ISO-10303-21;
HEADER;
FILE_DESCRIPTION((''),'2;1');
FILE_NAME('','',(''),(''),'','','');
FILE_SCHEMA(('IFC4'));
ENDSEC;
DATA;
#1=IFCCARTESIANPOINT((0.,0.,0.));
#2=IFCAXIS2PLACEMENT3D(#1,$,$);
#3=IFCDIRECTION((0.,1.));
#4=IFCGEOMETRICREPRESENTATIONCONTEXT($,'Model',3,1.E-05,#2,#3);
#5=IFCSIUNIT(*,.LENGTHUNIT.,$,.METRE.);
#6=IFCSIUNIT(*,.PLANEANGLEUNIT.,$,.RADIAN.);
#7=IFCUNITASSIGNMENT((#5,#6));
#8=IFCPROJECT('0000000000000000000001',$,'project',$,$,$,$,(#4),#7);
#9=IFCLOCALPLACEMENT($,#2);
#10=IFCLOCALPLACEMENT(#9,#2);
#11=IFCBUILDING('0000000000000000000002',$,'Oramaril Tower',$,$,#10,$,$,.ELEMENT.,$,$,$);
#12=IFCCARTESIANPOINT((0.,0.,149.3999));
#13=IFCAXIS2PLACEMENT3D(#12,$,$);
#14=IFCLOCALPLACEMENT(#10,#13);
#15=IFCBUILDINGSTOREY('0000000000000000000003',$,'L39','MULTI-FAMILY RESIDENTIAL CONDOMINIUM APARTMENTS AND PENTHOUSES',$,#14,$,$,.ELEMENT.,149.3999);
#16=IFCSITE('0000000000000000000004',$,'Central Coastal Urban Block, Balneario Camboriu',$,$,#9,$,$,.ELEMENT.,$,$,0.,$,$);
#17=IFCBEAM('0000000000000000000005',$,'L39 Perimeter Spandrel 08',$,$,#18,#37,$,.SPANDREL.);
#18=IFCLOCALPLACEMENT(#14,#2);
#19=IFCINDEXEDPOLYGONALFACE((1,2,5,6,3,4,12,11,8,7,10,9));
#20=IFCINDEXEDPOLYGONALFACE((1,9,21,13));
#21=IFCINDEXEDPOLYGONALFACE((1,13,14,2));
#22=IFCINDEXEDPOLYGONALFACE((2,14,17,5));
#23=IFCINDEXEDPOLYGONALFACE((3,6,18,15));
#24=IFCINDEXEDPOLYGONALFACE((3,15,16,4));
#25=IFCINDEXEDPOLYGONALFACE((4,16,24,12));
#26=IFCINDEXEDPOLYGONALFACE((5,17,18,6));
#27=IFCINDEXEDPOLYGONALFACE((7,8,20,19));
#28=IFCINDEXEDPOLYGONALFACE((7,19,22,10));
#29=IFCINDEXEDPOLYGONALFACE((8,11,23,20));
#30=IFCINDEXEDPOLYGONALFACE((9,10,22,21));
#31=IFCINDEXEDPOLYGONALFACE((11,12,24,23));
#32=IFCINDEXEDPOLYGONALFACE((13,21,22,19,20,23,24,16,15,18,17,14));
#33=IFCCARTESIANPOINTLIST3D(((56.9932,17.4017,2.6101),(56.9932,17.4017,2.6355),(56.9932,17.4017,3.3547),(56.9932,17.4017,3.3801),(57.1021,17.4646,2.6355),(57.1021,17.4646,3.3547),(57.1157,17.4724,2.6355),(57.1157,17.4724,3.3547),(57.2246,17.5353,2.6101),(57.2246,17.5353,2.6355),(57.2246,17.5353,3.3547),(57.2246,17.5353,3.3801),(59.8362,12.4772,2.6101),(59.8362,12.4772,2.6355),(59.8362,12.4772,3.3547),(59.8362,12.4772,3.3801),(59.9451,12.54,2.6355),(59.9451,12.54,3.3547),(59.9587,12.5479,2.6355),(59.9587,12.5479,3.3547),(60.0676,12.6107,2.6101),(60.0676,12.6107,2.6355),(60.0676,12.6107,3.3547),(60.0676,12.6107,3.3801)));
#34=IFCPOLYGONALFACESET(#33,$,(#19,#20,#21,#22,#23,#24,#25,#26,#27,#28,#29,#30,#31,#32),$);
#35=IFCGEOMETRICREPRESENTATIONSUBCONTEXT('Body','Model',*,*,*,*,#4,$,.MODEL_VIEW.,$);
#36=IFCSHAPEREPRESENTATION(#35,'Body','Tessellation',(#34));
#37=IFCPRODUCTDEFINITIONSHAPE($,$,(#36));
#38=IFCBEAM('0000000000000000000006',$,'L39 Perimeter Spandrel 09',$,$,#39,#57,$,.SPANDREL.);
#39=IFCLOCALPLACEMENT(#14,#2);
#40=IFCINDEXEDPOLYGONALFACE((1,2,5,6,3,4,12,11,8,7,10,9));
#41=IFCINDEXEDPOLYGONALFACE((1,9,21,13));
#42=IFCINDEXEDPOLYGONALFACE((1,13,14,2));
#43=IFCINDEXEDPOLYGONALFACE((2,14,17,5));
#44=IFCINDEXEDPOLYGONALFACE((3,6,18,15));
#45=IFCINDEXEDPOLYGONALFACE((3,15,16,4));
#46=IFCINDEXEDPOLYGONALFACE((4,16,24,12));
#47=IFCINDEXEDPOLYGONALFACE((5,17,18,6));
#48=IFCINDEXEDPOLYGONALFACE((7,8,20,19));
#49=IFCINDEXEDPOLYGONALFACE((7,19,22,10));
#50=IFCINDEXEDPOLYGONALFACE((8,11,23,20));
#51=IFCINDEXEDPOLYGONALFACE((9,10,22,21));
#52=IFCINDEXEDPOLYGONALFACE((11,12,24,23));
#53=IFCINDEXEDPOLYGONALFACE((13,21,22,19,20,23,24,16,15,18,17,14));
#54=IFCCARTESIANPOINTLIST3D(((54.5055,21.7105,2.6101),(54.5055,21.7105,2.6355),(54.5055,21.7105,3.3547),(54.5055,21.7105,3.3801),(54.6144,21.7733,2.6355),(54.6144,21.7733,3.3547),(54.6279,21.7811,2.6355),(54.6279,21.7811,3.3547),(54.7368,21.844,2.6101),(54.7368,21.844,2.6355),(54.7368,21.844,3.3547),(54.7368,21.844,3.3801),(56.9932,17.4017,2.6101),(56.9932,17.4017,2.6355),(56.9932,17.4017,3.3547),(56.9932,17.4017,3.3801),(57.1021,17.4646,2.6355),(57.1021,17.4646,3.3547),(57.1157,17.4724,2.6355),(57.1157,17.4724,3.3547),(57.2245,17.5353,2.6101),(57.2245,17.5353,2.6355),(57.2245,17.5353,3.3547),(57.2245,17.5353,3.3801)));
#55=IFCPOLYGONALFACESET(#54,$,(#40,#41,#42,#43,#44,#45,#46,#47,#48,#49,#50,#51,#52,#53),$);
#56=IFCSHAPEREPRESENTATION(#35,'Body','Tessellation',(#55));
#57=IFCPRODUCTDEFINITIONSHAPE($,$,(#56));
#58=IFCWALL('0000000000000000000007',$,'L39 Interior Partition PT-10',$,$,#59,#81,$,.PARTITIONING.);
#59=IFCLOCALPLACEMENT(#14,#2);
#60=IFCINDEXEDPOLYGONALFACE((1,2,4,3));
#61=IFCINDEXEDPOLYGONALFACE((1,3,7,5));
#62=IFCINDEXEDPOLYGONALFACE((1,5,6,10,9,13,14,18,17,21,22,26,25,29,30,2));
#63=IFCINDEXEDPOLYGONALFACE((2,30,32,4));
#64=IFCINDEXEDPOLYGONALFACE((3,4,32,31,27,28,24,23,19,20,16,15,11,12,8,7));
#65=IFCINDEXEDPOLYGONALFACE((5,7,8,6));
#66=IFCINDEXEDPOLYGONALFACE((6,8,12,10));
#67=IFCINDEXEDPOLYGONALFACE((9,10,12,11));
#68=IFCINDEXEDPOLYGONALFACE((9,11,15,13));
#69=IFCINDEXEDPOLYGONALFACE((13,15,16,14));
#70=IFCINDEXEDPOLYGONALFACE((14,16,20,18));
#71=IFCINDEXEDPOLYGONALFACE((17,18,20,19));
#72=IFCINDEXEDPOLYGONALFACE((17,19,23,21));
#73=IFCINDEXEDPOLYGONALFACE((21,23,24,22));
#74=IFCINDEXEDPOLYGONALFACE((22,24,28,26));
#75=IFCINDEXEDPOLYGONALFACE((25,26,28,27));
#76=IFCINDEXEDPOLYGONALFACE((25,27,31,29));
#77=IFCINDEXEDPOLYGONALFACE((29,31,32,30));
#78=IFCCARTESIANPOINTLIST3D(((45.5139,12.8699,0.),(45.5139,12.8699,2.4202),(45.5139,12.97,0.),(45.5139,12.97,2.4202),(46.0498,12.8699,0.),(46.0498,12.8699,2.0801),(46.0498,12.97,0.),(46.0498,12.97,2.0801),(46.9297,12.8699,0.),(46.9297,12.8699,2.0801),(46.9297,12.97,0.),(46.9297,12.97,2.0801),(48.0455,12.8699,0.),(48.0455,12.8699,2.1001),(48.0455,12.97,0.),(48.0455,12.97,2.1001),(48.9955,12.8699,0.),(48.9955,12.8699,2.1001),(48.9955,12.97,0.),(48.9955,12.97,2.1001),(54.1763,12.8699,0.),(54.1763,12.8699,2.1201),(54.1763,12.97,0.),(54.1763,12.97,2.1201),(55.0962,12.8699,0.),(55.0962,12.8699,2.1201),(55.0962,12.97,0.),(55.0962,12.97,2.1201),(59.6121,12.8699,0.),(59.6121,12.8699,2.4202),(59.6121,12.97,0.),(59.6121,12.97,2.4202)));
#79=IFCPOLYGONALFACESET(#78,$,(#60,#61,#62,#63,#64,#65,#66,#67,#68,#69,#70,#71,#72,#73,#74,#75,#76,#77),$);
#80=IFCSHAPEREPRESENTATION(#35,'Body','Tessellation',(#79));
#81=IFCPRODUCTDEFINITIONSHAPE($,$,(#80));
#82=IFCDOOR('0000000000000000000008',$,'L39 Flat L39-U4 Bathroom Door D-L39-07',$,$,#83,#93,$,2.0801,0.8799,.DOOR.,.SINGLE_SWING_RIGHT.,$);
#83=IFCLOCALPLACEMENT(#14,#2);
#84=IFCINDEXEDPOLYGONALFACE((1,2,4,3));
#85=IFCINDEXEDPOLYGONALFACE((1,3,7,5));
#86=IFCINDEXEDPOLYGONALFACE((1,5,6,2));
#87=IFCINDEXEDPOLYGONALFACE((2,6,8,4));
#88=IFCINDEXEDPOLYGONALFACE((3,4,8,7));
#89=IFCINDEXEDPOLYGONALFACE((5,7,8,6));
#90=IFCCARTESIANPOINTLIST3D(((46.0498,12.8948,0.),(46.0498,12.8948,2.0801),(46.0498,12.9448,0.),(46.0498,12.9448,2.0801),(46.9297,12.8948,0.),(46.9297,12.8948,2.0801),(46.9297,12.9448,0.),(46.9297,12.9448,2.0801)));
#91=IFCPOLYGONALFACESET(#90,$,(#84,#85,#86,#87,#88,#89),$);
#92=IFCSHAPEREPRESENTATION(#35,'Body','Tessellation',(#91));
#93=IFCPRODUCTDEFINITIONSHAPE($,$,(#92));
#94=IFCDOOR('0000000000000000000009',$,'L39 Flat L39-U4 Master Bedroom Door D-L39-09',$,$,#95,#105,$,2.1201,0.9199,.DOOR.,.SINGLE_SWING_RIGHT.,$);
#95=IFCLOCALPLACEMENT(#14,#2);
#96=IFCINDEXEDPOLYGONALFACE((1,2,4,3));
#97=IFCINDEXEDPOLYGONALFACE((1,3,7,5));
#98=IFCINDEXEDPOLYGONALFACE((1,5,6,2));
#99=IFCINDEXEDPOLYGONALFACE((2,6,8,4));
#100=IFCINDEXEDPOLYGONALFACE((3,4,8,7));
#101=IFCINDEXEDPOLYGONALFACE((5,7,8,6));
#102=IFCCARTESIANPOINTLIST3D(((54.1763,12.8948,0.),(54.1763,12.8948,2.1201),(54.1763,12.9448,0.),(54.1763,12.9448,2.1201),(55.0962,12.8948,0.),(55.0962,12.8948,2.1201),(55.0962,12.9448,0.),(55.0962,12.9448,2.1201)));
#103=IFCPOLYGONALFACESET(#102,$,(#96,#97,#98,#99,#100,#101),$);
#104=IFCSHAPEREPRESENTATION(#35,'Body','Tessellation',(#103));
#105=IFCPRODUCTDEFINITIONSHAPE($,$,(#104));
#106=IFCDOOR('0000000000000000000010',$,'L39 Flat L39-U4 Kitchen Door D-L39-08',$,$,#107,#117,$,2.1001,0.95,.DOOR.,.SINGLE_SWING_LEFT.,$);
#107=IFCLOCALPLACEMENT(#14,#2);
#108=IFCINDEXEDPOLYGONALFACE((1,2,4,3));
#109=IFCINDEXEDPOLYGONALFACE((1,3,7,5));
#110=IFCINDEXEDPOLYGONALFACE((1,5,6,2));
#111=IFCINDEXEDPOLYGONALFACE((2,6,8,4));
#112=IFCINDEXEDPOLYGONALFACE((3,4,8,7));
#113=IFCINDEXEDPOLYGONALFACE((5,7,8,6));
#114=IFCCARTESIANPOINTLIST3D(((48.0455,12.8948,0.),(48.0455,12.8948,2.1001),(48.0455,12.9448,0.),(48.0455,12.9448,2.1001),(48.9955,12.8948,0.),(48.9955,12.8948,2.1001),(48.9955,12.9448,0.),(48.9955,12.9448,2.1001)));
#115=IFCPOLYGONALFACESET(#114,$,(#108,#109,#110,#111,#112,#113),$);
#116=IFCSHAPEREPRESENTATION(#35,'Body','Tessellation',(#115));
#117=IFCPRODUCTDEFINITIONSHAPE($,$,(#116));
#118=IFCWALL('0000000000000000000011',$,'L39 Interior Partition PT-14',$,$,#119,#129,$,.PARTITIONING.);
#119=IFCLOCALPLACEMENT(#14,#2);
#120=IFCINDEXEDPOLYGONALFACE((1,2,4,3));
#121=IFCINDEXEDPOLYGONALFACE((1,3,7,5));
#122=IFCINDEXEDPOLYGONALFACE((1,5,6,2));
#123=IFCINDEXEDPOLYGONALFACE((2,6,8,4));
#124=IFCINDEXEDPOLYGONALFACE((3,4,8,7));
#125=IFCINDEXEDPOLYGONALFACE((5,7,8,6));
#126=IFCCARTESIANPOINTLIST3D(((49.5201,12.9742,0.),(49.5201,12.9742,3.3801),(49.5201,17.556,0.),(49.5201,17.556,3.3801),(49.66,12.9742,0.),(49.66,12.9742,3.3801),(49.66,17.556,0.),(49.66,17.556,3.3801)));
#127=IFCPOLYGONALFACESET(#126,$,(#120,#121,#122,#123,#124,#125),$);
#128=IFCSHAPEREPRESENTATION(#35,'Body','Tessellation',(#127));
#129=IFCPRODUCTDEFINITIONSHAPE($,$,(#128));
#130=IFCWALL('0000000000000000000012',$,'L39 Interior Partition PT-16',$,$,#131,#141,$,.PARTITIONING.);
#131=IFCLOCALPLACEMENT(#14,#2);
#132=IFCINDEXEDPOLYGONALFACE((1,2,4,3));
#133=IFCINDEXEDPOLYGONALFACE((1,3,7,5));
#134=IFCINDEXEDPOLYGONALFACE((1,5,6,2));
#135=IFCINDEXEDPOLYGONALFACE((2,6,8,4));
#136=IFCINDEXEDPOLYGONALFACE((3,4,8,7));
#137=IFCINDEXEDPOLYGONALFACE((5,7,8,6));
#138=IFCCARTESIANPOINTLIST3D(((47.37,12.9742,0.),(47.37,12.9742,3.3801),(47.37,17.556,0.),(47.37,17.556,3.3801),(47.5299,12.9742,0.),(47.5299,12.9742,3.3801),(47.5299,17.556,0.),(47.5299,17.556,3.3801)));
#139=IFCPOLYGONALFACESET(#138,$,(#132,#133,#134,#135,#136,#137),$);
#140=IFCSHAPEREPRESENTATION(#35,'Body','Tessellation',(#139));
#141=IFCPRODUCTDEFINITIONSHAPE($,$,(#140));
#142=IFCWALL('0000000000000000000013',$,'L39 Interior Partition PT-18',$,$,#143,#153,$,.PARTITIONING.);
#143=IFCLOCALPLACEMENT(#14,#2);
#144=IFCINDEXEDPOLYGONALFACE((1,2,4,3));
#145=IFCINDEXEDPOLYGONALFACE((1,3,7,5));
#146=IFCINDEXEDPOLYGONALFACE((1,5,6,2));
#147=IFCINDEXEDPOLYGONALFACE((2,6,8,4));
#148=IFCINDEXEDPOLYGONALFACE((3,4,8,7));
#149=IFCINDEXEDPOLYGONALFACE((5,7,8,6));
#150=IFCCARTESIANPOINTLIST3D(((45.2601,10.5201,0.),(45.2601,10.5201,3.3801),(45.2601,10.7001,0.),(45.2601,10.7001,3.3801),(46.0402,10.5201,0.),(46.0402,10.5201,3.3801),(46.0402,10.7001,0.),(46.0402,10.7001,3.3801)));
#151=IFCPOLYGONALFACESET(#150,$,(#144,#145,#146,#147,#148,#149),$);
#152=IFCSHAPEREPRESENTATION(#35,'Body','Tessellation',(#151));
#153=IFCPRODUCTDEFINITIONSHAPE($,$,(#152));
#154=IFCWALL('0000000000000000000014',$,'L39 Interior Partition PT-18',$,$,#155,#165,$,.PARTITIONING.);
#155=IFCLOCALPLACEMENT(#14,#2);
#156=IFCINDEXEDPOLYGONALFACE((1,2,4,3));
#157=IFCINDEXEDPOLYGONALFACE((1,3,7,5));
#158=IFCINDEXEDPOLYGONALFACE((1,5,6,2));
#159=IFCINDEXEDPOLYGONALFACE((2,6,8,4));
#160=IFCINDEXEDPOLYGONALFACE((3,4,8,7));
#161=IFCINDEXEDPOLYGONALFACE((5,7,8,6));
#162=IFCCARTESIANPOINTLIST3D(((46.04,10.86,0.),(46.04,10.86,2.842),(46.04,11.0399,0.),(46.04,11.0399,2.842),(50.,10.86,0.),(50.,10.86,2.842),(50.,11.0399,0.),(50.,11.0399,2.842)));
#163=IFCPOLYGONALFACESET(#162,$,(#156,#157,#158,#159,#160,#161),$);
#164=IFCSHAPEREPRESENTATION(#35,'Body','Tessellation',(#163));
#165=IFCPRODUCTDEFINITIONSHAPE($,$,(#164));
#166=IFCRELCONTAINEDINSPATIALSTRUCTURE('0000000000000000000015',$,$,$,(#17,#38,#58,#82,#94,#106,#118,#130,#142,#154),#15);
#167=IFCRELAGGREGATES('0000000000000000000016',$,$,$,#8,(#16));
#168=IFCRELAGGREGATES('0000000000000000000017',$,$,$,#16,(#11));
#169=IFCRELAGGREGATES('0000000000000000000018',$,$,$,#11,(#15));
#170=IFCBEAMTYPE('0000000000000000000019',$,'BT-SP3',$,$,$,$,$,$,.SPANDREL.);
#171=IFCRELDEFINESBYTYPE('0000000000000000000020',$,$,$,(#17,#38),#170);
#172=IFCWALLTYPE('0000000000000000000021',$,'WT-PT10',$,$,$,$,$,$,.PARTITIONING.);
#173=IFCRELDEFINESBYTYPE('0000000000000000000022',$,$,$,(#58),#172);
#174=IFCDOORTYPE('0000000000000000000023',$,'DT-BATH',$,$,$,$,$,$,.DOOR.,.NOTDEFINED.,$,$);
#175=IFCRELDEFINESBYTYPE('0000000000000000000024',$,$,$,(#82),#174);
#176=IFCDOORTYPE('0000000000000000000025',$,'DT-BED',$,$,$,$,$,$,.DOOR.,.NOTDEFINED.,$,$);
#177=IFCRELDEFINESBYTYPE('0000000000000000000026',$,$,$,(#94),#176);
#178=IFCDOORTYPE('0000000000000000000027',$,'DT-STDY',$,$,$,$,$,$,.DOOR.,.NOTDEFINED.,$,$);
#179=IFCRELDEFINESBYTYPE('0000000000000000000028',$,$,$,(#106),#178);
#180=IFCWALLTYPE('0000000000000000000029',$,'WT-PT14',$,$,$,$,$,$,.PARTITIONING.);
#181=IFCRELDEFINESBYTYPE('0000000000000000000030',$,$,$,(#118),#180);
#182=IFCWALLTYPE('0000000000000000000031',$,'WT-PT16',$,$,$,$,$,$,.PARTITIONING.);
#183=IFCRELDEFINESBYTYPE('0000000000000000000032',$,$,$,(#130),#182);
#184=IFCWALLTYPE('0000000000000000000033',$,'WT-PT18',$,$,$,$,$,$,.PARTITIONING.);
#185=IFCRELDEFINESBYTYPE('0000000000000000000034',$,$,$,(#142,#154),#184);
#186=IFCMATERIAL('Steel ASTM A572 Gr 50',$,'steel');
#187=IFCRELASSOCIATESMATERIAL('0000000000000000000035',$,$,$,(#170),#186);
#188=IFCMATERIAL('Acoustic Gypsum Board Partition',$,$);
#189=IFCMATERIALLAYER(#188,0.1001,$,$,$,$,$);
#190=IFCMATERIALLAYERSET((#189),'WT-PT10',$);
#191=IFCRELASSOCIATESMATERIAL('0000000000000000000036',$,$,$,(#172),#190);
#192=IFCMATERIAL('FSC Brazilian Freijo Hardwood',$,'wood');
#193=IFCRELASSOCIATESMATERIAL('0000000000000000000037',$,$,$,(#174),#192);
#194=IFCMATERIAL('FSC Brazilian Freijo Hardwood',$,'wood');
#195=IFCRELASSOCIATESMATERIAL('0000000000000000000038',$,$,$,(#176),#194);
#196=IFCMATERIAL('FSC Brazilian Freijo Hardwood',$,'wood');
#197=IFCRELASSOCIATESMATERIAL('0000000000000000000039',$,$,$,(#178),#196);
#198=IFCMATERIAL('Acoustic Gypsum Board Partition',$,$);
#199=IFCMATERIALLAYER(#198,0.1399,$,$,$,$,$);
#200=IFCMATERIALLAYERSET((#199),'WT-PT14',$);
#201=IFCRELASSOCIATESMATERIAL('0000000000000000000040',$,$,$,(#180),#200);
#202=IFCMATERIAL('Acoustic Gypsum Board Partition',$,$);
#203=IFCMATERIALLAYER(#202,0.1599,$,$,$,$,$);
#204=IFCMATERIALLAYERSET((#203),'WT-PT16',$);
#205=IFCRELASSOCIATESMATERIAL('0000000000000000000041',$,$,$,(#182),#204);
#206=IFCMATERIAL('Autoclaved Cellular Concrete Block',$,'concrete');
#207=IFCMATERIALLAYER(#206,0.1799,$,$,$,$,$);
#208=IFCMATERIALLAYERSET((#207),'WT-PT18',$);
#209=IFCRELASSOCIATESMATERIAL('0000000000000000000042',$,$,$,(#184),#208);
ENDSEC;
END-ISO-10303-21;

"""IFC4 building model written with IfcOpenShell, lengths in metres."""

from ifc_helpers import new_model, si_unit, direction, frame, frame_2d, origin, origin_2d, place, context, subcontext, project, spatial, rectangle, i_section, extrude, material, layer, layer_set, material_profile, profile_set, type_object, element, fill, save


model = new_model("IFC4")

# Units and contexts
model_context = context("Model", 3, precision=1e-05, world=origin(), true_north=direction((0.0, 1.0)))
body_context = subcontext(model_context, "Body", "Model", "MODEL_VIEW")
ifc_project = project(units=[si_unit("LENGTHUNIT", "METRE"), si_unit("PLANEANGLEUNIT", "RADIAN")], contexts=[model_context])

# Site, building, storey
site_placement = place(None, origin())
site = spatial("IfcSite", under=ifc_project, at=site_placement, Name="Central Coastal Urban Block, Balneario Camboriu", CompositionType="ELEMENT", RefElevation=0.0)
building_placement = place(site_placement, origin())
building = spatial("IfcBuilding", under=site, at=building_placement, Name="Oramaril Tower", CompositionType="ELEMENT")
storey_placement = place(building_placement, frame((0.0, 0.0, 149.3999)))
storey = spatial("IfcBuildingStorey", under=building, at=storey_placement, Name="L39", Description="MULTI-FAMILY RESIDENTIAL CONDOMINIUM APARTMENTS AND PENTHOUSES", CompositionType="ELEMENT", Elevation=149.3999)

# Beams
ifc_material_1 = material(Name="Steel ASTM A572 Gr 50", Category="steel")
ifc_material_profile_1 = material_profile(ifc_material_1, i_section(OverallWidth=0.2671, OverallDepth=0.77, WebThickness=0.0156, FlangeThickness=0.0254, at=origin_2d()), Name="W30X132")
ifc_profile_set_1 = profile_set([ifc_material_profile_1], Name="Steel ASTM A572 Gr 50")
beam_type_1 = type_object("IfcBeamType", Name="BT-SP3", PredefinedType="SPANDREL", material=ifc_profile_set_1)
beam_1_placement = place(storey_placement, frame((59.9519, 12.5439, 2.9951), z_axis=(-0.499976, 0.866039, 0.0), x_axis=(-0.866039, -0.499976, 0.0)))
element("IfcBeam", 1, at=beam_1_placement, inside=storey, type_object=beam_type_1, Name="L39 Perimeter Spandrel 08", PredefinedType="SPANDREL", context=body_context, shape_type="SweptSolid", body=[
    extrude(i_section(OverallWidth=0.2671, OverallDepth=0.77, WebThickness=0.0156, FlangeThickness=0.0254, at=origin_2d()), origin(), (0.0, 0.0, 1.0), 5.6863),
])
beam_2_placement = place(storey_placement, frame((57.1089, 17.4685, 2.9951), z_axis=(-0.500013, 0.866018, 0.0), x_axis=(-0.866018, -0.500013, 0.0)))
element("IfcBeam", 2, at=beam_2_placement, inside=storey, type_object=beam_type_1, Name="L39 Perimeter Spandrel 09", PredefinedType="SPANDREL", context=body_context, shape_type="SweptSolid", body=[
    extrude(i_section(OverallWidth=0.2671, OverallDepth=0.77, WebThickness=0.0156, FlangeThickness=0.0254, at=origin_2d()), origin(), (0.0, 0.0, 1.0), 4.9753),
])

# Wall, openings, doors
ifc_material_2 = material(Name="Acoustic Gypsum Board Partition")
ifc_layer_1 = layer(ifc_material_2, 0.1001)
ifc_layer_set_1 = layer_set([ifc_layer_1], Name="WT-PT10")
wall_type_1 = type_object("IfcWallType", Name="WT-PT10", PredefinedType="PARTITIONING", material=ifc_layer_set_1)
wall_1_placement = place(storey_placement, frame((45.5139, 12.9199, 0.0), z_axis=(0.0, 0.0, 1.0), x_axis=(1.0, 0.0, 0.0)))
wall_1 = element("IfcWall", 3, at=wall_1_placement, inside=storey, type_object=wall_type_1, Name="L39 Interior Partition PT-10", PredefinedType="PARTITIONING", context=body_context, shape_type="SweptSolid", body=[
    extrude(rectangle(XDim=14.0981, YDim=0.1001, at=frame_2d((7.0491, 0.0))), origin(), (0.0, 0.0, 1.0), 2.4202),
])
opening_1_placement = place(wall_1_placement, frame((0.5359, 0.0, 0.0)))
opening_1 = element("IfcOpeningElement", 4, at=opening_1_placement, cuts=wall_1, PredefinedType="OPENING", context=body_context, shape_type="SweptSolid", body=[
    extrude(rectangle(XDim=0.8799, YDim=2.0801, at=frame_2d((0.4399, 1.04))), frame((0.0, 0.05, 0.0), z_axis=(0.0, -1.0, 0.0), x_axis=(1.0, 0.0, 0.0)), (0.0, 0.0, 1.0), 0.1001),
])
opening_2_placement = place(wall_1_placement, frame((2.5315, 0.0, 0.0)))
opening_2 = element("IfcOpeningElement", 5, at=opening_2_placement, cuts=wall_1, PredefinedType="OPENING", context=body_context, shape_type="SweptSolid", body=[
    extrude(rectangle(XDim=0.95, YDim=2.1001, at=frame_2d((0.4751, 1.05))), frame((0.0, 0.05, 0.0), z_axis=(0.0, -1.0, 0.0), x_axis=(1.0, 0.0, 0.0)), (0.0, 0.0, 1.0), 0.1001),
])
opening_3_placement = place(wall_1_placement, frame((8.6624, 0.0, 0.0)))
opening_3 = element("IfcOpeningElement", 6, at=opening_3_placement, cuts=wall_1, PredefinedType="OPENING", context=body_context, shape_type="SweptSolid", body=[
    extrude(rectangle(XDim=0.9199, YDim=2.1201, at=frame_2d((0.46, 1.0601))), frame((0.0, 0.05, 0.0), z_axis=(0.0, -1.0, 0.0), x_axis=(1.0, 0.0, 0.0)), (0.0, 0.0, 1.0), 0.1001),
])
ifc_material_3 = material(Name="FSC Brazilian Freijo Hardwood", Category="wood")
door_type_1 = type_object("IfcDoorType", Name="DT-BATH", OperationType="NOTDEFINED", PredefinedType="DOOR", material=ifc_material_3)
door_1_placement = place(opening_1_placement, origin())
door_1 = element("IfcDoor", 7, at=door_1_placement, inside=storey, type_object=door_type_1, Name="L39 Flat L39-U4 Bathroom Door D-L39-07", OperationType="SINGLE_SWING_RIGHT", OverallHeight=2.0801, OverallWidth=0.8799, PredefinedType="DOOR", context=body_context, shape_type="SweptSolid", body=[
    extrude(rectangle(XDim=0.8799, YDim=2.0801, at=frame_2d((0.4399, 1.04))), frame((0.0, 0.0249, 0.0), z_axis=(0.0, -1.0, 0.0), x_axis=(1.0, 0.0, 0.0)), (0.0, 0.0, 1.0), 0.05),
])
fill(opening_1, door_1)
ifc_material_4 = material(Name="FSC Brazilian Freijo Hardwood", Category="wood")
door_type_2 = type_object("IfcDoorType", Name="DT-BED", OperationType="NOTDEFINED", PredefinedType="DOOR", material=ifc_material_4)
door_2_placement = place(opening_3_placement, origin())
door_2 = element("IfcDoor", 8, at=door_2_placement, inside=storey, type_object=door_type_2, Name="L39 Flat L39-U4 Master Bedroom Door D-L39-09", OperationType="SINGLE_SWING_RIGHT", OverallHeight=2.1201, OverallWidth=0.9199, PredefinedType="DOOR", context=body_context, shape_type="SweptSolid", body=[
    extrude(rectangle(XDim=0.9199, YDim=2.1201, at=frame_2d((0.46, 1.0601))), frame((0.0, 0.0249, 0.0), z_axis=(0.0, -1.0, 0.0), x_axis=(1.0, 0.0, 0.0)), (0.0, 0.0, 1.0), 0.05),
])
fill(opening_3, door_2)
ifc_material_5 = material(Name="FSC Brazilian Freijo Hardwood", Category="wood")
door_type_3 = type_object("IfcDoorType", Name="DT-STDY", OperationType="NOTDEFINED", PredefinedType="DOOR", material=ifc_material_5)
door_3_placement = place(opening_2_placement, origin())
door_3 = element("IfcDoor", 9, at=door_3_placement, inside=storey, type_object=door_type_3, Name="L39 Flat L39-U4 Kitchen Door D-L39-08", OperationType="SINGLE_SWING_LEFT", OverallHeight=2.1001, OverallWidth=0.95, PredefinedType="DOOR", context=body_context, shape_type="SweptSolid", body=[
    extrude(rectangle(XDim=0.95, YDim=2.1001, at=frame_2d((0.4751, 1.05))), frame((0.0, 0.0249, 0.0), z_axis=(0.0, -1.0, 0.0), x_axis=(1.0, 0.0, 0.0)), (0.0, 0.0, 1.0), 0.05),
])
fill(opening_2, door_3)

# Walls
ifc_material_6 = material(Name="Acoustic Gypsum Board Partition")
ifc_layer_2 = layer(ifc_material_6, 0.1399)
ifc_layer_set_2 = layer_set([ifc_layer_2], Name="WT-PT14")
wall_type_2 = type_object("IfcWallType", Name="WT-PT14", PredefinedType="PARTITIONING", material=ifc_layer_set_2)
wall_2_placement = place(storey_placement, frame((49.5901, 12.9741, 0.0), z_axis=(0.0, 0.0, 1.0), x_axis=(0.0, 1.0, 0.0)))
element("IfcWall", 10, at=wall_2_placement, inside=storey, type_object=wall_type_2, Name="L39 Interior Partition PT-14", PredefinedType="PARTITIONING", context=body_context, shape_type="SweptSolid", body=[
    extrude(rectangle(XDim=4.5818, YDim=0.1399, at=frame_2d((2.291, 0.0))), origin(), (0.0, 0.0, 1.0), 3.3801),
])
ifc_material_7 = material(Name="Acoustic Gypsum Board Partition")
ifc_layer_3 = layer(ifc_material_7, 0.1599)
ifc_layer_set_3 = layer_set([ifc_layer_3], Name="WT-PT16")
wall_type_3 = type_object("IfcWallType", Name="WT-PT16", PredefinedType="PARTITIONING", material=ifc_layer_set_3)
wall_3_placement = place(storey_placement, frame((47.45, 12.9741, 0.0), z_axis=(0.0, 0.0, 1.0), x_axis=(0.0, 1.0, 0.0)))
element("IfcWall", 11, at=wall_3_placement, inside=storey, type_object=wall_type_3, Name="L39 Interior Partition PT-16", PredefinedType="PARTITIONING", context=body_context, shape_type="SweptSolid", body=[
    extrude(rectangle(XDim=4.5818, YDim=0.1599, at=frame_2d((2.291, 0.0))), origin(), (0.0, 0.0, 1.0), 3.3801),
])
ifc_material_8 = material(Name="Autoclaved Cellular Concrete Block", Category="concrete")
ifc_layer_4 = layer(ifc_material_8, 0.1799)
ifc_layer_set_4 = layer_set([ifc_layer_4], Name="WT-PT18")
wall_type_4 = type_object("IfcWallType", Name="WT-PT18", PredefinedType="PARTITIONING", material=ifc_layer_set_4)
wall_4_placement = place(storey_placement, frame((45.26, 10.6101, 0.0), z_axis=(0.0, 0.0, 1.0), x_axis=(1.0, 0.0, 0.0)))
element("IfcWall", 12, at=wall_4_placement, inside=storey, type_object=wall_type_4, Name="L39 Interior Partition PT-18", PredefinedType="PARTITIONING", context=body_context, shape_type="SweptSolid", body=[
    extrude(rectangle(XDim=0.78, YDim=0.1799, at=frame_2d((0.3901, 0.0))), origin(), (0.0, 0.0, 1.0), 3.3801),
])
wall_5_placement = place(storey_placement, frame((46.04, 10.95, 0.0), z_axis=(0.0, 0.0, 1.0), x_axis=(1.0, 0.0, 0.0)))
element("IfcWall", 13, at=wall_5_placement, inside=storey, type_object=wall_type_4, Name="L39 Interior Partition PT-18", PredefinedType="PARTITIONING", context=body_context, shape_type="SweptSolid", body=[
    extrude(rectangle(XDim=3.96, YDim=0.1799, at=frame_2d((1.98, 0.0))), origin(), (0.0, 0.0, 1.0), 2.842),
])

save(model, "model.ifc")
